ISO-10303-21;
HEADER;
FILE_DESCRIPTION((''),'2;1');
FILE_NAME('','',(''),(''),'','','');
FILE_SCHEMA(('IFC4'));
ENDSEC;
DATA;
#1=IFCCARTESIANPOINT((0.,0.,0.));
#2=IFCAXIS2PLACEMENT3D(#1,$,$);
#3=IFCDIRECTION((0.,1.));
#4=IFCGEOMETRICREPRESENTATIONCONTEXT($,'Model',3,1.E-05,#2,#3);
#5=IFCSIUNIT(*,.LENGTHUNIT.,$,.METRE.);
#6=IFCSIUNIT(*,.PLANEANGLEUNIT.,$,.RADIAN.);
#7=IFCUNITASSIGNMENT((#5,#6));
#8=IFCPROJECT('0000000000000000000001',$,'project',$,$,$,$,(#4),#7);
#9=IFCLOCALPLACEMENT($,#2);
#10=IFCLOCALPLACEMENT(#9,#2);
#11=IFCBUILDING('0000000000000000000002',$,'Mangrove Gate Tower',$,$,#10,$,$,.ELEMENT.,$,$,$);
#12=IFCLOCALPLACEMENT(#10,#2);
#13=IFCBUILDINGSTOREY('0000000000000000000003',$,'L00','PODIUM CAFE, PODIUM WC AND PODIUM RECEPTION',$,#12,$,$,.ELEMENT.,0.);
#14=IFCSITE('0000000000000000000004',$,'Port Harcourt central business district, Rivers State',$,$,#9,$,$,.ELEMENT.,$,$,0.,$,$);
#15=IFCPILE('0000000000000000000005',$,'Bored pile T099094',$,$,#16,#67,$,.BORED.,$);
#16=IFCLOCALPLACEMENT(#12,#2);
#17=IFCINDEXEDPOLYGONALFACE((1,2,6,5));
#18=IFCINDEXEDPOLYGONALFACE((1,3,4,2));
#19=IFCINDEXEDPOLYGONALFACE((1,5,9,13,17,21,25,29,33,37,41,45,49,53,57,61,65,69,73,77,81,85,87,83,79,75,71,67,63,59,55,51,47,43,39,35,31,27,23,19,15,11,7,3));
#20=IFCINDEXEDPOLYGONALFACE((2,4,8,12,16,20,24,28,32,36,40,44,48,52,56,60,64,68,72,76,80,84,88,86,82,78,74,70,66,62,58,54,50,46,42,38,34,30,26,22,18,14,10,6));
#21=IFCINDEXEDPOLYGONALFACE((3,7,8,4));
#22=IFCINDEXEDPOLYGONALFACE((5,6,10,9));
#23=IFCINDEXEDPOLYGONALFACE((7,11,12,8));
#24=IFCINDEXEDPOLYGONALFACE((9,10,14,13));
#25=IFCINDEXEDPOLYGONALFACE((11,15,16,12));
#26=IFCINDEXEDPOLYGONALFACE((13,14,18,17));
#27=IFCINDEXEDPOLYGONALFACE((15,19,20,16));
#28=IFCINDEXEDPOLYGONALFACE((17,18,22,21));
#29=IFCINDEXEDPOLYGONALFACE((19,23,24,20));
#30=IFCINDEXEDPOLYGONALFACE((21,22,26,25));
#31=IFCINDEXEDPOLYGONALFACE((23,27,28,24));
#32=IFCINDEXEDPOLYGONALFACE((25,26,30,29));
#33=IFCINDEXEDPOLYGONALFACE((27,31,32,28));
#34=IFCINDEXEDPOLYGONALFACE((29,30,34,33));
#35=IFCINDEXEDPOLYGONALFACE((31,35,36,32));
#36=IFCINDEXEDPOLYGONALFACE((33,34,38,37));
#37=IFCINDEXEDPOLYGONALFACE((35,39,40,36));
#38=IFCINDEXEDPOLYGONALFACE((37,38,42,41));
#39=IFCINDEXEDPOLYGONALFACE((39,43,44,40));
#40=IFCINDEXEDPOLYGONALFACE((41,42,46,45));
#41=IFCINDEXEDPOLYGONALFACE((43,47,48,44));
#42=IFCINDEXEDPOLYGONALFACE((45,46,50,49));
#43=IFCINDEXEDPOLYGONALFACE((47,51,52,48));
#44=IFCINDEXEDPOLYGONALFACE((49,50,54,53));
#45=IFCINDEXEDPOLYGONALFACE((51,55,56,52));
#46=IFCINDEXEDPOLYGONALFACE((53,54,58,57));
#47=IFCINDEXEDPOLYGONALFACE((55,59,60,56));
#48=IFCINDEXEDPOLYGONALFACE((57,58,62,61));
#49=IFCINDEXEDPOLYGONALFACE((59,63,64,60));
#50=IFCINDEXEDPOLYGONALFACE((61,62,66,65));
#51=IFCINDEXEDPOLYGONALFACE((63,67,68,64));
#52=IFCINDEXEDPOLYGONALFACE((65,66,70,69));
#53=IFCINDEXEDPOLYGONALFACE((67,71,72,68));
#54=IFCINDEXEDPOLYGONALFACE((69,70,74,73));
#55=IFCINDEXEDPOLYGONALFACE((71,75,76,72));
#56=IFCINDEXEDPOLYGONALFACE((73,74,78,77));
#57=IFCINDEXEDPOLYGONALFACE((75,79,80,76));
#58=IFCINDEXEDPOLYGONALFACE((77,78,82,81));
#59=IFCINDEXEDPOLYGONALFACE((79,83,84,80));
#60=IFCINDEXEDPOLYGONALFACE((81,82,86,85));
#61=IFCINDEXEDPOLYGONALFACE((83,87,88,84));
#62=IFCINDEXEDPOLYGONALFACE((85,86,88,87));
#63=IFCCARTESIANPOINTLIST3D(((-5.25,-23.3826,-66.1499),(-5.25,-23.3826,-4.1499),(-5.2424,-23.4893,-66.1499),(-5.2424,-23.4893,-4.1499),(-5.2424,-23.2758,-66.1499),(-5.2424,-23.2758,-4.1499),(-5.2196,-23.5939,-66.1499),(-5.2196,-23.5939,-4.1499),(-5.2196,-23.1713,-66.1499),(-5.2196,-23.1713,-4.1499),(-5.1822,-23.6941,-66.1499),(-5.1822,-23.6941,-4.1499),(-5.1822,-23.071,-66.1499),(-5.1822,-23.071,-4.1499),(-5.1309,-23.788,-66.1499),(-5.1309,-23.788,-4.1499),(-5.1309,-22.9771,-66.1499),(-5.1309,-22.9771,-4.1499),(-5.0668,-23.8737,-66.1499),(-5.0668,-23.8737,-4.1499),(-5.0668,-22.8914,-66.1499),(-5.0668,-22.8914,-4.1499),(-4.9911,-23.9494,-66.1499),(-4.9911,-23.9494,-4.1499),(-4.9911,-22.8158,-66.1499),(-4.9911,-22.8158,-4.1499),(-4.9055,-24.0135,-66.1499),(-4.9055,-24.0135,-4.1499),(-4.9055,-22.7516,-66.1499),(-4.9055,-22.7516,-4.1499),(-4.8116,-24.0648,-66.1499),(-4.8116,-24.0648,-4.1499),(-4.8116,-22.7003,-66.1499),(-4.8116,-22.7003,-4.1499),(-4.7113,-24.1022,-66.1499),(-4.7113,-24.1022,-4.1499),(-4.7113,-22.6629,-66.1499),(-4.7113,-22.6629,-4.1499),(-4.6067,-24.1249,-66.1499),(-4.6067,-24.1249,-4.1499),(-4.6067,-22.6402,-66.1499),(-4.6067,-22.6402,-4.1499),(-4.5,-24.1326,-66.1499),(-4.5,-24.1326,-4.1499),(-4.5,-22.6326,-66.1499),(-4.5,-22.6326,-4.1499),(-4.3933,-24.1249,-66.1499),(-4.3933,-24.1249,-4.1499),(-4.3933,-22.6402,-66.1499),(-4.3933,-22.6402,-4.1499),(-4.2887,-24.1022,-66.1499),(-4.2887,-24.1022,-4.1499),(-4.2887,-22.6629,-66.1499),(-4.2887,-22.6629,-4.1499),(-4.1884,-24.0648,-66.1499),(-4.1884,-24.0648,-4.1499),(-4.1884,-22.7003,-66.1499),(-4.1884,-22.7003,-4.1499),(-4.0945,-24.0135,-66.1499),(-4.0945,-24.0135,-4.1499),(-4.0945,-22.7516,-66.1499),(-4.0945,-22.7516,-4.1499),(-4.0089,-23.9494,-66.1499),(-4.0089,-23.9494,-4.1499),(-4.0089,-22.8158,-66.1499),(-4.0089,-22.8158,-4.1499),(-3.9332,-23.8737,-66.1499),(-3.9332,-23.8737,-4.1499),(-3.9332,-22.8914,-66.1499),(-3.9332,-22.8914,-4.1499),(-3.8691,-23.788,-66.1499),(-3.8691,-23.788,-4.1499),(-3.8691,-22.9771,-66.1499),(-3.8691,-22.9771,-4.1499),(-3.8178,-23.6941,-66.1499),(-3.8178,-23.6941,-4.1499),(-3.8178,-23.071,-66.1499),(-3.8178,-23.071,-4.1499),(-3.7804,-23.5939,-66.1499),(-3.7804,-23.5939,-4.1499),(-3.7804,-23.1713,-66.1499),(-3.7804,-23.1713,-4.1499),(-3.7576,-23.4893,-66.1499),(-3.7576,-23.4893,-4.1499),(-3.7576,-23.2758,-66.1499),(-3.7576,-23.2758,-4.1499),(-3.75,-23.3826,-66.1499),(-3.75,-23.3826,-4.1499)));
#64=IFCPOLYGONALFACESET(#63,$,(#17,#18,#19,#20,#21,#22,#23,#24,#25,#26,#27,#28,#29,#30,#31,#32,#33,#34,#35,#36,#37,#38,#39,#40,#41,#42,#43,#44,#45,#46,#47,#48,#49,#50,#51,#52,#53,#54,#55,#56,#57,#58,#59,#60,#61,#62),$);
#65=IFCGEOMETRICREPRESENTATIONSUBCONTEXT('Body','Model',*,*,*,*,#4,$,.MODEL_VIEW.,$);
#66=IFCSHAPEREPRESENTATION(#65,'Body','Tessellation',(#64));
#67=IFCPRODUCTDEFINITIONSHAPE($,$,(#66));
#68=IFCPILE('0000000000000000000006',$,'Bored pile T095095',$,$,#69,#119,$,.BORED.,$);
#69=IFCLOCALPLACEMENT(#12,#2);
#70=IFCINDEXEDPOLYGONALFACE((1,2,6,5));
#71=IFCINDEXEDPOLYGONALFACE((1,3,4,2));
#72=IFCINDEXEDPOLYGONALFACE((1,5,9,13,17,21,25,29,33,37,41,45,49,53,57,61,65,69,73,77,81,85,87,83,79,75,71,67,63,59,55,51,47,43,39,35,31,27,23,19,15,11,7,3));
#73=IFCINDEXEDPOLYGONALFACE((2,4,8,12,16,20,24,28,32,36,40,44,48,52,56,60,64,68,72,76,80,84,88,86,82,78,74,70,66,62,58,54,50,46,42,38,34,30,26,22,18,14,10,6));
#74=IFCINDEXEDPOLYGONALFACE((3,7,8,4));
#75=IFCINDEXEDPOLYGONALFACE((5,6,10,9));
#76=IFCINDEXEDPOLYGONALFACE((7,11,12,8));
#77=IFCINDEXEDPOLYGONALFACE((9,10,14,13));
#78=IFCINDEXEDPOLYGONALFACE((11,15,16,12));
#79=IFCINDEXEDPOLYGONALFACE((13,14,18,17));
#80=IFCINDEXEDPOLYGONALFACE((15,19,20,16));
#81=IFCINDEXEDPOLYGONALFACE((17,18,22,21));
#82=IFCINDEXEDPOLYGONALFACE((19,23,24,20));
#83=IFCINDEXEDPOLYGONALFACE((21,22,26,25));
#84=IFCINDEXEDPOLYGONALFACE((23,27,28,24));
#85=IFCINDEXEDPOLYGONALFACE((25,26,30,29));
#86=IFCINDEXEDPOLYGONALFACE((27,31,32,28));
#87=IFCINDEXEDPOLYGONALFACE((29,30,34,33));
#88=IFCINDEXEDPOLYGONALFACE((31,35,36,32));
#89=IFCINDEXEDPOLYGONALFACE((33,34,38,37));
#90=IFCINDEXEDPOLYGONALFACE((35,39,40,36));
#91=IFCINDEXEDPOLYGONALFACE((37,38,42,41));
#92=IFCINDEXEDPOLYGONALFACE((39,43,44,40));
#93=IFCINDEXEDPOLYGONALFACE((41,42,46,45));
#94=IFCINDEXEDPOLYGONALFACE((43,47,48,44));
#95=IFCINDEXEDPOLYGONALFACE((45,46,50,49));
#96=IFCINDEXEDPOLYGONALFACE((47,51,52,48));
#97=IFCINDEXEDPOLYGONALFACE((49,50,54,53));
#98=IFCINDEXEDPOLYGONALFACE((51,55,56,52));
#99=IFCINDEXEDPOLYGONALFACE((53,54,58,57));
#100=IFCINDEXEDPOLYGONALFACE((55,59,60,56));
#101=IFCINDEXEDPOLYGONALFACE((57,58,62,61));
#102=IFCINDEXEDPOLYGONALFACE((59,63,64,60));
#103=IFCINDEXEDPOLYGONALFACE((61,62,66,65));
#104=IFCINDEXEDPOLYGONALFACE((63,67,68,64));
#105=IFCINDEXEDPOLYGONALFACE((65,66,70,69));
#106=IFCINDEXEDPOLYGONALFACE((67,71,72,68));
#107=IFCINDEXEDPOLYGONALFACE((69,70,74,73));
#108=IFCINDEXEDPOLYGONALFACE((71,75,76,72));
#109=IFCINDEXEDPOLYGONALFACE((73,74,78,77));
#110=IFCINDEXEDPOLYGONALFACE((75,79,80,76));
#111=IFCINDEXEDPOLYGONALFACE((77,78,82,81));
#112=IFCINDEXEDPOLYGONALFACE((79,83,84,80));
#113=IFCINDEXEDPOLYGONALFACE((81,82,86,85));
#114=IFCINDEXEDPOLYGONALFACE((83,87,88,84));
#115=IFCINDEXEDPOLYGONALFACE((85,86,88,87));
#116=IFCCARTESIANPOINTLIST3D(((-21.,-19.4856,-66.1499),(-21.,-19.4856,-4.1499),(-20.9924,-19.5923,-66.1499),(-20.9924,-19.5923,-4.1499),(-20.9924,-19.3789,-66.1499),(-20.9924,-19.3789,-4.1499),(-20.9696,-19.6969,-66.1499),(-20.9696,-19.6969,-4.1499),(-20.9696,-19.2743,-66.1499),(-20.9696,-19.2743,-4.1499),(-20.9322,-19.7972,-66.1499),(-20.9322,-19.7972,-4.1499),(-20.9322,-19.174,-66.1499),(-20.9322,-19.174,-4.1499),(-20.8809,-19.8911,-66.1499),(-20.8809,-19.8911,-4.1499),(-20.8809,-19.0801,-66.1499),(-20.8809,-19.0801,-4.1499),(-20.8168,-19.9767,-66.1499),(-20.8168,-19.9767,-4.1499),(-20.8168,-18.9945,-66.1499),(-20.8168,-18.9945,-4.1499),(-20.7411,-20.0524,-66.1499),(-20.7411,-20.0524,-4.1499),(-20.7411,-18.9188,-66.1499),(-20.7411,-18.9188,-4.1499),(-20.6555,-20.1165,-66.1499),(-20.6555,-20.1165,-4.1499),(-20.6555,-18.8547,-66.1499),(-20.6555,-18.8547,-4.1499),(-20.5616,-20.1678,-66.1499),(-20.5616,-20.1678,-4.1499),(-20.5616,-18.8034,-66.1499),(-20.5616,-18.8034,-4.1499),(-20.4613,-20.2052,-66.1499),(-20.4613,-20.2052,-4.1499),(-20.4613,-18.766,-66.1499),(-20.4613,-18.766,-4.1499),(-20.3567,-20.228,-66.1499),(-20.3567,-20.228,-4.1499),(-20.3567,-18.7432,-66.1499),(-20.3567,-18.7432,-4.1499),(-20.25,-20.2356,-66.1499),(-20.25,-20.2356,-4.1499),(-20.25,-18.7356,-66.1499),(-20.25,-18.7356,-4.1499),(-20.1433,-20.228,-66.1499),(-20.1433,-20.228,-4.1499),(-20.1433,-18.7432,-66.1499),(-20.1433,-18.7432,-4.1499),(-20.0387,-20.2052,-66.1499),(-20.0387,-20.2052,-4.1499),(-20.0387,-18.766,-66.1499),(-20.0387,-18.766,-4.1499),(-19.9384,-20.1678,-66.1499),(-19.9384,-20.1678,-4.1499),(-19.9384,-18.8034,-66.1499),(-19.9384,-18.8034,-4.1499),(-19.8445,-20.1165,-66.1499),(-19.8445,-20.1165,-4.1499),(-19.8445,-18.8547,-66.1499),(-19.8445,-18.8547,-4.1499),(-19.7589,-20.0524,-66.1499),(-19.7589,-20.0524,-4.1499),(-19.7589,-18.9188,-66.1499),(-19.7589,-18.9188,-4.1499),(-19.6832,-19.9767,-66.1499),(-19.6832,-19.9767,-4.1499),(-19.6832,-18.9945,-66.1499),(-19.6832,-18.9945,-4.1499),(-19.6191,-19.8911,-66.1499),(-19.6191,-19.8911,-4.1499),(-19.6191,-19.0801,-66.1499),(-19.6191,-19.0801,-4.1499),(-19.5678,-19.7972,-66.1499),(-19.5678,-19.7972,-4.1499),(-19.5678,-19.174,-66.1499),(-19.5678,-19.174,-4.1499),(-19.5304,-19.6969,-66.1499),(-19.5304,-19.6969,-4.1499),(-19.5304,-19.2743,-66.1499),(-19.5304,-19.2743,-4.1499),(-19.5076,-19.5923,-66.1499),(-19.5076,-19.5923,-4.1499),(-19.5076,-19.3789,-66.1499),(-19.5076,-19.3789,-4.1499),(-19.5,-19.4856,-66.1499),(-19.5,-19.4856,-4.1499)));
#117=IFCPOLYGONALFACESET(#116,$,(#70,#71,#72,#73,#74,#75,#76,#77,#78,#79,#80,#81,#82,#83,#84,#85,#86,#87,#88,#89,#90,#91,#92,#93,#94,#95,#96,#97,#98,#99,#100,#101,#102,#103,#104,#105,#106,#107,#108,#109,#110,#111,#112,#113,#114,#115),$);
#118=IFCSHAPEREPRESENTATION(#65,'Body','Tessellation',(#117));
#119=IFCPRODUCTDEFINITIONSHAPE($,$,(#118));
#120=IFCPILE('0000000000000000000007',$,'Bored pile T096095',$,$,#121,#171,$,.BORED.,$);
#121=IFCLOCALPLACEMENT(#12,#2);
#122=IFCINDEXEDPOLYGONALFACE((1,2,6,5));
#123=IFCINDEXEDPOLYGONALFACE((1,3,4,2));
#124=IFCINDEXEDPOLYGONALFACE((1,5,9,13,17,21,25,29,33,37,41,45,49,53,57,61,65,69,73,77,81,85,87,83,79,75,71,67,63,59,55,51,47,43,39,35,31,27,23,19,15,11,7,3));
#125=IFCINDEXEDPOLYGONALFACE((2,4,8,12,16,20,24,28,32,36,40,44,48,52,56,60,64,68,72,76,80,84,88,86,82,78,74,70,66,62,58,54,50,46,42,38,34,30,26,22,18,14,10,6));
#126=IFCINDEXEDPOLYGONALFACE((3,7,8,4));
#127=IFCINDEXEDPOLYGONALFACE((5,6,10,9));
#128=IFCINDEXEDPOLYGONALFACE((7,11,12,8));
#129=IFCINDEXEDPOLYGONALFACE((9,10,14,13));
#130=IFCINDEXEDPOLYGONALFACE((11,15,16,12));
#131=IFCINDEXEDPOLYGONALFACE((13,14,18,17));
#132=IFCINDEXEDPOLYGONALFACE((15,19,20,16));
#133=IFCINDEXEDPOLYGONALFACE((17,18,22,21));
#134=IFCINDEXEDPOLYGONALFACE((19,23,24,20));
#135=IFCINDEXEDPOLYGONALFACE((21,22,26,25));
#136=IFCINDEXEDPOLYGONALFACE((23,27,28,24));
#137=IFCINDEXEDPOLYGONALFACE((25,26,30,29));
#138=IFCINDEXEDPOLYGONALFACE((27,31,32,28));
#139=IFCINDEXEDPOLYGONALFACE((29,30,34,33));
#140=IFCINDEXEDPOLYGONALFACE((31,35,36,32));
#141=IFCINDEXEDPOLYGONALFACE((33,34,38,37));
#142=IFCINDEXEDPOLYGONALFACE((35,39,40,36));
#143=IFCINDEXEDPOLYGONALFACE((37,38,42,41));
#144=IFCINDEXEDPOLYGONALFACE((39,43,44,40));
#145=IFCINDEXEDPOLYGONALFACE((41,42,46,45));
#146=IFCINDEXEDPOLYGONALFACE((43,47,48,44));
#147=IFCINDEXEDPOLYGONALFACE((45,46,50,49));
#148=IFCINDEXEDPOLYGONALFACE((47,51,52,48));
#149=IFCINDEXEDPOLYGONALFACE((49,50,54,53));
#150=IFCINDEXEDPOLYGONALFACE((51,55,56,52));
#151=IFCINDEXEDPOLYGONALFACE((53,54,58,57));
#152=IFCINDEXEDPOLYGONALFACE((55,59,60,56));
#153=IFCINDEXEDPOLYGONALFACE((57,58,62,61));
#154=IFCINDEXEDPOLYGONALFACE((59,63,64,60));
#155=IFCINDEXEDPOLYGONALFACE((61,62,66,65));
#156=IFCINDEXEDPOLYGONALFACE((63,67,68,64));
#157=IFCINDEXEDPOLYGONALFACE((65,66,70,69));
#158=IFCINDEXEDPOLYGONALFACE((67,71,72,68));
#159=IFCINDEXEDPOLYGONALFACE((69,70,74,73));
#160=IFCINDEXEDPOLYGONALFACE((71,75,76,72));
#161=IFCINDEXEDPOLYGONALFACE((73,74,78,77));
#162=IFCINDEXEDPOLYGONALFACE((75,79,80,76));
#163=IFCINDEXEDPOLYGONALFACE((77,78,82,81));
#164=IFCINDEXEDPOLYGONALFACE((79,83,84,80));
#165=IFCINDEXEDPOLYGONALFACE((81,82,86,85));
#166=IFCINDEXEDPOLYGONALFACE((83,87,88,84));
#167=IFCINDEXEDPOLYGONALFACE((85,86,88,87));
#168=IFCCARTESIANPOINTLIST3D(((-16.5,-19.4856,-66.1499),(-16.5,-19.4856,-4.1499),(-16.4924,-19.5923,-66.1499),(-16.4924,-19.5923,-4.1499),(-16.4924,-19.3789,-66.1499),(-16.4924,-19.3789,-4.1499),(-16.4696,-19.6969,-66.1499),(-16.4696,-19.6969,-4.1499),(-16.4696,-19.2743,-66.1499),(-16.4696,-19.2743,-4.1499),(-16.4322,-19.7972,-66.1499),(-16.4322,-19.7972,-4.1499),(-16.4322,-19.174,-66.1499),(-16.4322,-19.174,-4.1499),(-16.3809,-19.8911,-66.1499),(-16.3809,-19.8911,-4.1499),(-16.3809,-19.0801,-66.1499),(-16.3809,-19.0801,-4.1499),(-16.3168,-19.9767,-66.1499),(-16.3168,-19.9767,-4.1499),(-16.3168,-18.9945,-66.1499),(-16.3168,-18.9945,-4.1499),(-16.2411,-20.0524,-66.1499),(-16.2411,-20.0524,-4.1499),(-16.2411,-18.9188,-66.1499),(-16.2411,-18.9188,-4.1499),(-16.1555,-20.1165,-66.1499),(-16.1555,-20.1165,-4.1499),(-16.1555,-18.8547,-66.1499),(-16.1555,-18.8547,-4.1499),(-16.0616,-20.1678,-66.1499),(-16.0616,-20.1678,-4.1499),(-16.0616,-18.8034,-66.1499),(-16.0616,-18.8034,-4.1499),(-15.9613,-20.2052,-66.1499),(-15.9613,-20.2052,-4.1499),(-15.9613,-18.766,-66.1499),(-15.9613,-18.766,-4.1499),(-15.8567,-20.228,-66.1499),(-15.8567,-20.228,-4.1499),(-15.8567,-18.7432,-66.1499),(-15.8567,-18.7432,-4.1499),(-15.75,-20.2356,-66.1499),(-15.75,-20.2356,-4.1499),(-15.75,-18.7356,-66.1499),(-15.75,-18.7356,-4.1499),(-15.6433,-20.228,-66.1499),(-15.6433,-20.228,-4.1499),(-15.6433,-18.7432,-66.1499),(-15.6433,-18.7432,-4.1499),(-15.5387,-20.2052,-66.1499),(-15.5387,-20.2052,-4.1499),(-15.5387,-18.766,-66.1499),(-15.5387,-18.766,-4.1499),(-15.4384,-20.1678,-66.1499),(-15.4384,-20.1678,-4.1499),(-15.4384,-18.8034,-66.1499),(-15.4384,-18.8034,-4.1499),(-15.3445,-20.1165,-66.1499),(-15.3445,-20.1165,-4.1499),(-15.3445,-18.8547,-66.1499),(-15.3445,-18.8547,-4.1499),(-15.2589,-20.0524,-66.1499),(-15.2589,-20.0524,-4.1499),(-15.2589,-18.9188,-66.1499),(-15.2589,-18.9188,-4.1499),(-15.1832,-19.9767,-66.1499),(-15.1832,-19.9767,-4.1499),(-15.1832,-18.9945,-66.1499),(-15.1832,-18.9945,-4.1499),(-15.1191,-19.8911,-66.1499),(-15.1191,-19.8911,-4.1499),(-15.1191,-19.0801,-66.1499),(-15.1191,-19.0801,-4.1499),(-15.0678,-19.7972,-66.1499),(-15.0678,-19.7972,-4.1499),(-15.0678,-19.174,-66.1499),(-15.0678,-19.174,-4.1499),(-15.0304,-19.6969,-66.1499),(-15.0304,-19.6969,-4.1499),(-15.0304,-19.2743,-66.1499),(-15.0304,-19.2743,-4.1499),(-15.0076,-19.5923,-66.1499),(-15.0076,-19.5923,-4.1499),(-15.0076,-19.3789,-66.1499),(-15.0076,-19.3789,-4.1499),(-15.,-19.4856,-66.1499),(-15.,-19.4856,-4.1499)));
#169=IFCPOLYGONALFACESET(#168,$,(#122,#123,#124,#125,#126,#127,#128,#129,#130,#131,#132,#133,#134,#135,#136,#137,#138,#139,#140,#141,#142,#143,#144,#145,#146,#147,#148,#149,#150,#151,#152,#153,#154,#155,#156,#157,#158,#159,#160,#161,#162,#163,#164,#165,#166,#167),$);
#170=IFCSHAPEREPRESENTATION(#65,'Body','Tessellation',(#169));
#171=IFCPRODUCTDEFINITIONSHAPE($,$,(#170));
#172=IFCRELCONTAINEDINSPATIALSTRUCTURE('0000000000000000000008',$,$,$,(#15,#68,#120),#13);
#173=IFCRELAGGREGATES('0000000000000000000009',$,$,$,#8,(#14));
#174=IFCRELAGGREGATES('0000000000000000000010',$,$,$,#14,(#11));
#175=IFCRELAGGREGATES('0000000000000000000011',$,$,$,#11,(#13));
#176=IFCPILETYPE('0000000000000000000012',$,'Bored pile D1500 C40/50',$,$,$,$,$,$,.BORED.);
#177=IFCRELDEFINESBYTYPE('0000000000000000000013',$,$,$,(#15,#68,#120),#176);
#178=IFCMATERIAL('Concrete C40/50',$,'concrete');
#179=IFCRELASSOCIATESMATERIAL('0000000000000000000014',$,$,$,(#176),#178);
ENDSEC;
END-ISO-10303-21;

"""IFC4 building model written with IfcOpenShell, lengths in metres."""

from ifc_helpers import new_model, si_unit, direction, frame, origin, origin_2d, place, context, subcontext, project, spatial, circle, extrude, material, material_profile, profile_set, type_object, element, save


model = new_model("IFC4")

# Units and contexts
model_context = context("Model", 3, precision=1e-05, world=origin(), true_north=direction((0.0, 1.0)))
body_context = subcontext(model_context, "Body", "Model", "MODEL_VIEW")
ifc_project = project(units=[si_unit("LENGTHUNIT", "METRE"), si_unit("PLANEANGLEUNIT", "RADIAN")], contexts=[model_context])

# Site, building, storey
site_placement = place(None, origin())
site = spatial("IfcSite", under=ifc_project, at=site_placement, Name="Port Harcourt central business district, Rivers State", CompositionType="ELEMENT", RefElevation=0.0)
building_placement = place(site_placement, origin())
building = spatial("IfcBuilding", under=site, at=building_placement, Name="Mangrove Gate Tower", CompositionType="ELEMENT")
storey_placement = place(building_placement, origin())
storey = spatial("IfcBuildingStorey", under=building, at=storey_placement, Name="L00", Description="PODIUM CAFE, PODIUM WC AND PODIUM RECEPTION", CompositionType="ELEMENT", Elevation=0.0)

# Piles
ifc_material_1 = material(Name="Concrete C40/50", Category="concrete")
ifc_material_profile_1 = material_profile(ifc_material_1, circle(Radius=0.75, at=origin_2d()))
ifc_profile_set_1 = profile_set([ifc_material_profile_1], Name="Concrete C40/50")
pile_type = type_object("IfcPileType", Name="Bored pile D1500 C40/50", PredefinedType="BORED", material=ifc_profile_set_1)
for number, where, z_axis, x_axis, name in (
    (1, (-4.5, -23.3826, -4.1499), (0.0, 0.0, -1.0), (1.0, 0.0, 0.0), "Bored pile T099094"),
    (2, (-20.25, -19.4856, -4.1499), (0.0, 0.0, -1.0), (1.0, 0.0, 0.0), "Bored pile T095095"),
    (3, (-15.75, -19.4856, -4.1499), (0.0, 0.0, -1.0), (1.0, 0.0, 0.0), "Bored pile T096095"),
):
    element("IfcPile", number, at=place(storey_placement, frame(where, z_axis=z_axis, x_axis=x_axis)), inside=storey, type_object=pile_type, Name=name, PredefinedType="BORED", context=body_context, shape_type="SweptSolid", body=[
        extrude(circle(Radius=0.75, at=origin_2d()), origin(), (0.0, 0.0, 1.0), 62.0),
    ])

save(model, "model.ifc")
